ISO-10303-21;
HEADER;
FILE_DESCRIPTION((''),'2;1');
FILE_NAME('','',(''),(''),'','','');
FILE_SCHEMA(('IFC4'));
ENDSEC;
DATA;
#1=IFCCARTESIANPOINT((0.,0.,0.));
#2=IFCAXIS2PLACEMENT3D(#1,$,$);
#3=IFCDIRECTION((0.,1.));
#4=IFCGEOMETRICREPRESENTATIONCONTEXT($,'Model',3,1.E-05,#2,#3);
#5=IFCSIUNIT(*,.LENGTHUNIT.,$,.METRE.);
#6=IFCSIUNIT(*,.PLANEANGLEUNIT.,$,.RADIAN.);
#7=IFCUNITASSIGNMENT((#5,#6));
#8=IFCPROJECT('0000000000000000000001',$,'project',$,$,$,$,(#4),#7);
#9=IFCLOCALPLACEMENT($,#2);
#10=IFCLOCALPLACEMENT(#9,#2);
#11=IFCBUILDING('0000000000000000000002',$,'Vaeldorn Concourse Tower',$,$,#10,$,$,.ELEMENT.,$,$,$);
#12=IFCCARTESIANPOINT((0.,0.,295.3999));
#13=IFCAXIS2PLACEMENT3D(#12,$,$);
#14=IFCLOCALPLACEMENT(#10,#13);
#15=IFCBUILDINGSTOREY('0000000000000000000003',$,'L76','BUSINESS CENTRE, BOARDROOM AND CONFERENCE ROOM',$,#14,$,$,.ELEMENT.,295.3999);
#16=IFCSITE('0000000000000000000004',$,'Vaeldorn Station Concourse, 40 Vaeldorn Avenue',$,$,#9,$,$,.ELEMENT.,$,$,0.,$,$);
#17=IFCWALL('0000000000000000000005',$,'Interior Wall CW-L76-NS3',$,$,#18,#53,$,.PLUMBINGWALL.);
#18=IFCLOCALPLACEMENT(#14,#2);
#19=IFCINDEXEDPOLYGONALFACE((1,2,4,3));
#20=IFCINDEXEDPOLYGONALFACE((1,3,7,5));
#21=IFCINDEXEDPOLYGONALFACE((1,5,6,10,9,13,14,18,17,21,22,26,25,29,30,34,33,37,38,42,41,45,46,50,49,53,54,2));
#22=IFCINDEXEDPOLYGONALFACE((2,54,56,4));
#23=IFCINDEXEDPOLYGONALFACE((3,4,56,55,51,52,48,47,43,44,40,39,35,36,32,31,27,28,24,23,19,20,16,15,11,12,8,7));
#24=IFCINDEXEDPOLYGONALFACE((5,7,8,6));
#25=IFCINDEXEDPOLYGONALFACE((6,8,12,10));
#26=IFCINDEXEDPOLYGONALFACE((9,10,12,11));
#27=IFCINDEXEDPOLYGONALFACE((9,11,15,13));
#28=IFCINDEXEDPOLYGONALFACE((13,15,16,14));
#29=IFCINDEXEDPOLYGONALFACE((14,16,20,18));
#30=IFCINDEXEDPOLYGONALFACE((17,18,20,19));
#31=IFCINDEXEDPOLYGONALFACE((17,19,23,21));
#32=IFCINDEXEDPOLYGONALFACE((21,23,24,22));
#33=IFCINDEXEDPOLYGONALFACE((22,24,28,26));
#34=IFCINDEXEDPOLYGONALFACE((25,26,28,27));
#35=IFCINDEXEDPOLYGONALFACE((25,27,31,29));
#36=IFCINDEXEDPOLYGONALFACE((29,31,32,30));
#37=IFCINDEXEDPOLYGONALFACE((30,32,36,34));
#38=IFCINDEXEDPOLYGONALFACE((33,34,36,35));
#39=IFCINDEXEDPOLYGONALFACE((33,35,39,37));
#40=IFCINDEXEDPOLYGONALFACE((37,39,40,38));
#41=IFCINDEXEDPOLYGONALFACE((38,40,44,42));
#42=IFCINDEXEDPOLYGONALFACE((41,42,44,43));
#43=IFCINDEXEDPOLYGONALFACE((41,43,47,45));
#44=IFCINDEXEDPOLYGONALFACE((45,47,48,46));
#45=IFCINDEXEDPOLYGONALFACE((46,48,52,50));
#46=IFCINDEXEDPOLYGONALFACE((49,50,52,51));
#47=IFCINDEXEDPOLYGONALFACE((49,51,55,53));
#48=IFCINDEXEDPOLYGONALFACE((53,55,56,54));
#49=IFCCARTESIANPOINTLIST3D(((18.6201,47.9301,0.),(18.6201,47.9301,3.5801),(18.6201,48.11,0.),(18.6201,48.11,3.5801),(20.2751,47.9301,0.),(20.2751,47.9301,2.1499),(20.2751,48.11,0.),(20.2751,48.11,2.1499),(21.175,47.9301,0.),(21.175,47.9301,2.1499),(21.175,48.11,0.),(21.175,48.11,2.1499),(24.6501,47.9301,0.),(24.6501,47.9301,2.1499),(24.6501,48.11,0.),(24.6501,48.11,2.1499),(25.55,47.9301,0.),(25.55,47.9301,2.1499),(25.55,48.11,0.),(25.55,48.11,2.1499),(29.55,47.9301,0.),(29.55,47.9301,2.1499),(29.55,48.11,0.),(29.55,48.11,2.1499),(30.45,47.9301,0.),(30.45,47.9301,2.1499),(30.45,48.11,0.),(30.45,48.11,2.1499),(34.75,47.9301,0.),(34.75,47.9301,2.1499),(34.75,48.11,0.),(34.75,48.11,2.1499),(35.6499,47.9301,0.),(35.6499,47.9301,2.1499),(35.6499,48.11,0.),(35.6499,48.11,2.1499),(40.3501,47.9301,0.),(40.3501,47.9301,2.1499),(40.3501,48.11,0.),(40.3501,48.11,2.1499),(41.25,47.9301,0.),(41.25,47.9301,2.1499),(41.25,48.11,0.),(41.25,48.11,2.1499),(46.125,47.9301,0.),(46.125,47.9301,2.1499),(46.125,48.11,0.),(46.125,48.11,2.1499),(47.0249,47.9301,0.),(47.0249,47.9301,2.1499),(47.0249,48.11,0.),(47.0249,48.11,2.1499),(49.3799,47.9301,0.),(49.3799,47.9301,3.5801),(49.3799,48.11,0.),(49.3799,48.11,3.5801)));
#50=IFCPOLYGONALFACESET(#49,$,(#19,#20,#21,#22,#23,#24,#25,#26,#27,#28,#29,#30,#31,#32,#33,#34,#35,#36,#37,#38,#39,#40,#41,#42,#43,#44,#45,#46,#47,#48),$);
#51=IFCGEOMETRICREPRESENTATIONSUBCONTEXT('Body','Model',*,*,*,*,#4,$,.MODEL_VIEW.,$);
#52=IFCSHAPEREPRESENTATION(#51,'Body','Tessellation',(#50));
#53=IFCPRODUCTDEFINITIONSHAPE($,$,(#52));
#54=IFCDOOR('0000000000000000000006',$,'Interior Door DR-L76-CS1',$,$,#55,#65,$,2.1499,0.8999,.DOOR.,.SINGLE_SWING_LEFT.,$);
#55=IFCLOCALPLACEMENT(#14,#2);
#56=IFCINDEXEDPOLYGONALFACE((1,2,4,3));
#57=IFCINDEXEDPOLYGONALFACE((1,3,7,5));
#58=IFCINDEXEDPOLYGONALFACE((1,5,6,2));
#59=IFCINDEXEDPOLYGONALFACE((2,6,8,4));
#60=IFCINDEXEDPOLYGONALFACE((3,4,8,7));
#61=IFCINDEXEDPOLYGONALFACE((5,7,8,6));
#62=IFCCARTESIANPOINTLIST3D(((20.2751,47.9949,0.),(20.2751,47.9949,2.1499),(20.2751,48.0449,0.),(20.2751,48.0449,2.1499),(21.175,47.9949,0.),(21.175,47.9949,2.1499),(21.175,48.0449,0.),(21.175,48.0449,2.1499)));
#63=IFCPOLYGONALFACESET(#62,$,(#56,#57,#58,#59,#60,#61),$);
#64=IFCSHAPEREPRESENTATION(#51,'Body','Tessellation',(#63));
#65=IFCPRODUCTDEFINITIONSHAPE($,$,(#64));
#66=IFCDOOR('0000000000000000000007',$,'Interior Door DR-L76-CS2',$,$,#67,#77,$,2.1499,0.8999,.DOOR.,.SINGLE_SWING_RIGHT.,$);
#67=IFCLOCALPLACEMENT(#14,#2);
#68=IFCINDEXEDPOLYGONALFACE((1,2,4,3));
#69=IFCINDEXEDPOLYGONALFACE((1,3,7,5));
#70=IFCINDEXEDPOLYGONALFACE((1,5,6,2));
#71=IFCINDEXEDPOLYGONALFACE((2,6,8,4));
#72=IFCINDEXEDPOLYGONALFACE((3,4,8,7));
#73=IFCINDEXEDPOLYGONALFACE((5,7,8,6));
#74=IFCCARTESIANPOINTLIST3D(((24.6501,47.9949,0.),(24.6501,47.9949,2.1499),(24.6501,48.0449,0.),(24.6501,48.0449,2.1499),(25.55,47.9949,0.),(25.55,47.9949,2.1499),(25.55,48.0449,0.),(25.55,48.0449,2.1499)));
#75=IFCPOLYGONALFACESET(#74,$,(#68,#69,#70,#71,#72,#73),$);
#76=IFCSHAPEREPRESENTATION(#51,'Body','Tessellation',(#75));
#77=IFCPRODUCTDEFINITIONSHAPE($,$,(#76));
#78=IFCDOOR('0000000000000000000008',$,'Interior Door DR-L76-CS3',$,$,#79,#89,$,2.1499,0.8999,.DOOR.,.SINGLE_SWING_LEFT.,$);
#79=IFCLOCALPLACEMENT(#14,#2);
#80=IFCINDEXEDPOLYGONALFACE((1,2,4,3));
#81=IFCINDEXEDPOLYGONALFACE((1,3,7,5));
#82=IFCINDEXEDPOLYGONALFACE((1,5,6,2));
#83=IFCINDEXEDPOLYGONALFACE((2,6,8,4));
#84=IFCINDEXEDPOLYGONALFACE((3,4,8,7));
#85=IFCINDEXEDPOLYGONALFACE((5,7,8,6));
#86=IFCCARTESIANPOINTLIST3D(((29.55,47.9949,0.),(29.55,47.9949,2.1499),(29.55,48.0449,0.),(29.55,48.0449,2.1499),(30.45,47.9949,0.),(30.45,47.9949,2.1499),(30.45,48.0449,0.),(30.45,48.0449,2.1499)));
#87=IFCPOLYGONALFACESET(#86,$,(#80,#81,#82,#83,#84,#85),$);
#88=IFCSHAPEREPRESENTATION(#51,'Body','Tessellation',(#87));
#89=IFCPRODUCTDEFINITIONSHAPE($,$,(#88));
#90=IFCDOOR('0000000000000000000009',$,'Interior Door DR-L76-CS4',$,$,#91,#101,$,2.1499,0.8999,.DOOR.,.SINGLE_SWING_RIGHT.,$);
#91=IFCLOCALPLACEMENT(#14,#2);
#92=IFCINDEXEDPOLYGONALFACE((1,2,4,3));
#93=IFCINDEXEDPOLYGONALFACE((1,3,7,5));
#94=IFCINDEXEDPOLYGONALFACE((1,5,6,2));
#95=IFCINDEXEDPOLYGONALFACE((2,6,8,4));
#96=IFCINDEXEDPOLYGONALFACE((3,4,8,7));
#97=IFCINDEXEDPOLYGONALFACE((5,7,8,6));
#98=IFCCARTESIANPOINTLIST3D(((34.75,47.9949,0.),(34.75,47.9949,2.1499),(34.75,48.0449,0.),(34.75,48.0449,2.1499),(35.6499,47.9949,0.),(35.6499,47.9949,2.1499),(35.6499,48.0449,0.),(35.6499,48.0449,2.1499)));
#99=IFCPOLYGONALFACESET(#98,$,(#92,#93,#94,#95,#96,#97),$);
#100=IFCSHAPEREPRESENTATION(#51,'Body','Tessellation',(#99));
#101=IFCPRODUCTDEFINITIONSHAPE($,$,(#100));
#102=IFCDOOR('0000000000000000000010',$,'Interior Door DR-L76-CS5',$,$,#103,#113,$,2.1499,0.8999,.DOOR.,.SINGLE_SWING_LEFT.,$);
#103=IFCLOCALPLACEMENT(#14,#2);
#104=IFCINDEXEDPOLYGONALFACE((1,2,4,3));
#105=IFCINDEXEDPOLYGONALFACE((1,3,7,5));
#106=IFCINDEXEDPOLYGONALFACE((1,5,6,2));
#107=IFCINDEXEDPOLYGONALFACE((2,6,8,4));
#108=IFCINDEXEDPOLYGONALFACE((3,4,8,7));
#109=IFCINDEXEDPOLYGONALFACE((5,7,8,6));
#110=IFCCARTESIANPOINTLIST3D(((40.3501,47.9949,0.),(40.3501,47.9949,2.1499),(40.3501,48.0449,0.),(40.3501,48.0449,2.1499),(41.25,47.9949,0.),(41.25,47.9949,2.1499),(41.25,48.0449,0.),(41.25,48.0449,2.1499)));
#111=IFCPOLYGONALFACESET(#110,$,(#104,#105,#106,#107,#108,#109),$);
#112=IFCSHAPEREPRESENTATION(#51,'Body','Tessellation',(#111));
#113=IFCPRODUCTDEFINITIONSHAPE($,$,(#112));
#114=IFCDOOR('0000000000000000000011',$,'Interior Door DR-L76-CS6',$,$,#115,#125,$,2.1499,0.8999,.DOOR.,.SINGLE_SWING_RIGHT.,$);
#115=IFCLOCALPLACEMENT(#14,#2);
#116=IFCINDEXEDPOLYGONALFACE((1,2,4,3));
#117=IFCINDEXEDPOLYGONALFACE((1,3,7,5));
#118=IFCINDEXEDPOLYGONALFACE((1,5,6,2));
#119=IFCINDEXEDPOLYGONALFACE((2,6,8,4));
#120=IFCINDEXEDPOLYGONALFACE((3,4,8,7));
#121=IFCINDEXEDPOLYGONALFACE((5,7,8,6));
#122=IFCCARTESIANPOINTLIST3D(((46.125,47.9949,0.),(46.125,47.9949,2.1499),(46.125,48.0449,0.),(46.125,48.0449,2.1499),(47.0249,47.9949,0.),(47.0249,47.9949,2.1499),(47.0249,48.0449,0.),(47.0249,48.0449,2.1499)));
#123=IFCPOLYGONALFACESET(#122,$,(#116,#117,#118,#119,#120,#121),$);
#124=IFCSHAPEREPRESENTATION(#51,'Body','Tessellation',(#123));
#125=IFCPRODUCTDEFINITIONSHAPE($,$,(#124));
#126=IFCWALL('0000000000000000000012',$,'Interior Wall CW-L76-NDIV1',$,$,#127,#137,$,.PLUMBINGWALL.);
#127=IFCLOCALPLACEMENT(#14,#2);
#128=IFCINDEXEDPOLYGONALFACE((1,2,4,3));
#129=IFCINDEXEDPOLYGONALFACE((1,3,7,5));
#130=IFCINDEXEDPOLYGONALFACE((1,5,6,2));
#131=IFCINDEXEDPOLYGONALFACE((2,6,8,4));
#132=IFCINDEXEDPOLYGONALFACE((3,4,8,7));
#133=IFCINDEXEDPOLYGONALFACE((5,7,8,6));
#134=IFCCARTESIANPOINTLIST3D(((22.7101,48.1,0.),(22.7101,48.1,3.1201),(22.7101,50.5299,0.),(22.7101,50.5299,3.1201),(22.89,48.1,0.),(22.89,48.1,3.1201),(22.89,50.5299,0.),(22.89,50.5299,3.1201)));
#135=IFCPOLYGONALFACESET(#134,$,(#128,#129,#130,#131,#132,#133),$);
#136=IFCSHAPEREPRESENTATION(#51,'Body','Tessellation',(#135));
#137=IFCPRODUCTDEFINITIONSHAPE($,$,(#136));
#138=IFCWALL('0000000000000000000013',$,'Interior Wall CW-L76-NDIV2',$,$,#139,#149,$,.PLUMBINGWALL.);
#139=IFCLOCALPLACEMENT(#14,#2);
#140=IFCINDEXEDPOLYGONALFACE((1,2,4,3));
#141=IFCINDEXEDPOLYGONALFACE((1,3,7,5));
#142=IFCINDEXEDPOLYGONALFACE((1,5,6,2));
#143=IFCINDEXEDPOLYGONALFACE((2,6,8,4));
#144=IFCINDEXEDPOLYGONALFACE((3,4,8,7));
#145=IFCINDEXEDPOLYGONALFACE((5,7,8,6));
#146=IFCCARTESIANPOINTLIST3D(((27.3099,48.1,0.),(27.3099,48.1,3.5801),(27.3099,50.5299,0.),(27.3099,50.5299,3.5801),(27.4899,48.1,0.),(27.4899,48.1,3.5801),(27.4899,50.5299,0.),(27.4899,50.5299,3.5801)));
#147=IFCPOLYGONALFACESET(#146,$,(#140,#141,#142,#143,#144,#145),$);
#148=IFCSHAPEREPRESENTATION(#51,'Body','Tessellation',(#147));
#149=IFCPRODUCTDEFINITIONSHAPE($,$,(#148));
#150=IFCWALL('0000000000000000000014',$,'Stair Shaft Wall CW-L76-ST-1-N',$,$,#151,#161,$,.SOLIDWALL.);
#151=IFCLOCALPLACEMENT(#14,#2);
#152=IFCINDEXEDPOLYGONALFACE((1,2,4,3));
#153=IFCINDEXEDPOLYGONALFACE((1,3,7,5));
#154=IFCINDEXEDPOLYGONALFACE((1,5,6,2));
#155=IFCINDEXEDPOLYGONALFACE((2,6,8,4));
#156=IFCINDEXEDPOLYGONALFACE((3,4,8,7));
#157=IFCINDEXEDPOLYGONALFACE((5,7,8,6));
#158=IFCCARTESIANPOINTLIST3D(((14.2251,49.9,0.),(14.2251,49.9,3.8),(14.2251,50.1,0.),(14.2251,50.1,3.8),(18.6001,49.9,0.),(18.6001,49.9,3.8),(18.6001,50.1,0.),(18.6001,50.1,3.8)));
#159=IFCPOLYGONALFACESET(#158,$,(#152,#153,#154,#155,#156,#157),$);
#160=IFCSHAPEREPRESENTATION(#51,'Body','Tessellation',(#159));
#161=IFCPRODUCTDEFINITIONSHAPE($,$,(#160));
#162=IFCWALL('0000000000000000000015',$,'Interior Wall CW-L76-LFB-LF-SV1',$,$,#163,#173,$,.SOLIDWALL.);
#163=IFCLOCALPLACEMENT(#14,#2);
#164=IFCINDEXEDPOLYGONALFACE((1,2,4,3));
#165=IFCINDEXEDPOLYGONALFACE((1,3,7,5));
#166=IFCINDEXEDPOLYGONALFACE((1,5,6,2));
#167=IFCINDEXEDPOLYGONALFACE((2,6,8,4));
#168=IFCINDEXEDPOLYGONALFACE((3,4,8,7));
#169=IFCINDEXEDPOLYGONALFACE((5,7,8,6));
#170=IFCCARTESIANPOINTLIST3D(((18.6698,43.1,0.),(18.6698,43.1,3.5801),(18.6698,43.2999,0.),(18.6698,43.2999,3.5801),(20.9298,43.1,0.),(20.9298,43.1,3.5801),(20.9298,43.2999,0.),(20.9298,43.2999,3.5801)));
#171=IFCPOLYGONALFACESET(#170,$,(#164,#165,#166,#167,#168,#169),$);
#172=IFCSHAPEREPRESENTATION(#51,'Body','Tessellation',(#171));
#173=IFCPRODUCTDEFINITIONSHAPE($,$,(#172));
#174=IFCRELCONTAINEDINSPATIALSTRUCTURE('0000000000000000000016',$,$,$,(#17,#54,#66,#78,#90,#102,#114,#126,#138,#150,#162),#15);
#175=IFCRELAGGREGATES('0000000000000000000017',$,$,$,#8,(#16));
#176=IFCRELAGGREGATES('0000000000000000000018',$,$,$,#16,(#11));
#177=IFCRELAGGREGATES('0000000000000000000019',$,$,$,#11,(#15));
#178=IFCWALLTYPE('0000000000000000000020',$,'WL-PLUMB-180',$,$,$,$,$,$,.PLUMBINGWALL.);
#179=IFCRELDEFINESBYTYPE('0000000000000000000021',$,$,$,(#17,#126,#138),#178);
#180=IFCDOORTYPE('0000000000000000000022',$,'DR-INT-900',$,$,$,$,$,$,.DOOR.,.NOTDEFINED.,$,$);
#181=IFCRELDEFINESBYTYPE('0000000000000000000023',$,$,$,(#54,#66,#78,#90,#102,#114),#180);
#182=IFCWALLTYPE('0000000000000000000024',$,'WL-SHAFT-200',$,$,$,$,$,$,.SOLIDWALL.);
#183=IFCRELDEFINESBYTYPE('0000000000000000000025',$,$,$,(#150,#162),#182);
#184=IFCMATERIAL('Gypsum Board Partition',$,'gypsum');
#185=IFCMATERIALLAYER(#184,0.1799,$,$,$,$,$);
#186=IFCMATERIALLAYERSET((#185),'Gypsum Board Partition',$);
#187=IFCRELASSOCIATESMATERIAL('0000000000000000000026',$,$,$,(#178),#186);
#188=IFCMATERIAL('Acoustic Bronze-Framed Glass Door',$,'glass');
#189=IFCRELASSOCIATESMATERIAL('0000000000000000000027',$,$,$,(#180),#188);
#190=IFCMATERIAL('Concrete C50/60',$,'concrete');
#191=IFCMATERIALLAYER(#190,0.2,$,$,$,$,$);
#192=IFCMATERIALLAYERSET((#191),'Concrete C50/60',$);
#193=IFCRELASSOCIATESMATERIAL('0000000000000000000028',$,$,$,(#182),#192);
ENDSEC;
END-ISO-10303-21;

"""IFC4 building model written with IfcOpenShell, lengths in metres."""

from ifc_helpers import new_model, si_unit, direction, frame, frame_2d, origin, place, context, subcontext, project, spatial, rectangle, extrude, source, transform, mapped, material, layer, layer_set, type_object, element, fill, save


model = new_model("IFC4")

# Units and contexts
model_context = context("Model", 3, precision=1e-05, world=origin(), true_north=direction((0.0, 1.0)))
body_context = subcontext(model_context, "Body", "Model", "MODEL_VIEW")
ifc_project = project(units=[si_unit("LENGTHUNIT", "METRE"), si_unit("PLANEANGLEUNIT", "RADIAN")], contexts=[model_context])

# Site, building, storey
site_placement = place(None, origin())
site = spatial("IfcSite", under=ifc_project, at=site_placement, Name="Vaeldorn Station Concourse, 40 Vaeldorn Avenue", CompositionType="ELEMENT", RefElevation=0.0)
building_placement = place(site_placement, origin())
building = spatial("IfcBuilding", under=site, at=building_placement, Name="Vaeldorn Concourse Tower", CompositionType="ELEMENT")
storey_placement = place(building_placement, frame((0.0, 0.0, 295.3999)))
storey = spatial("IfcBuildingStorey", under=building, at=storey_placement, Name="L76", Description="BUSINESS CENTRE, BOARDROOM AND CONFERENCE ROOM", CompositionType="ELEMENT", Elevation=295.3999)

# Shared definitions
ifc_material_1 = material(Name="Concrete C50/60", Category="concrete")
ifc_material_2 = material(Name="Gypsum Board Partition", Category="gypsum")

# Wall, openings, doors
ifc_layer_1 = layer(ifc_material_2, 0.1799)
ifc_layer_set_1 = layer_set([ifc_layer_1], Name="Gypsum Board Partition")
wall_type_1 = type_object("IfcWallType", Name="WL-PLUMB-180", PredefinedType="PLUMBINGWALL", material=ifc_layer_set_1)
wall_1_placement = place(storey_placement, frame((18.6201, 48.02, 0.0), z_axis=(0.0, 0.0, 1.0), x_axis=(1.0, 0.0, 0.0)))
wall_1 = element("IfcWall", 1, at=wall_1_placement, inside=storey, type_object=wall_type_1, Name="Interior Wall CW-L76-NS3", PredefinedType="PLUMBINGWALL", context=body_context, shape_type="SweptSolid", body=[
    extrude(rectangle(XDim=30.7598, YDim=0.1799, at=frame_2d((15.3799, 0.0))), origin(), (0.0, 0.0, 1.0), 3.5801),
])
opening_1_placement = place(wall_1_placement, frame((1.655, 0.0, 0.0)))
opening_1 = element("IfcOpeningElement", 2, at=opening_1_placement, cuts=wall_1, PredefinedType="OPENING", context=body_context, shape_type="SweptSolid", body=[
    extrude(rectangle(XDim=0.8999, YDim=2.1499, at=frame_2d((0.45, 1.075))), frame((0.0, 0.1001, 0.0), z_axis=(0.0, -1.0, 0.0), x_axis=(1.0, 0.0, 0.0)), (0.0, 0.0, 1.0), 0.2),
])
opening_2_placement = place(wall_1_placement, frame((6.03, 0.0, 0.0)))
opening_2 = element("IfcOpeningElement", 3, at=opening_2_placement, cuts=wall_1, PredefinedType="OPENING", context=body_context, shape_type="SweptSolid", body=[
    extrude(rectangle(XDim=0.8999, YDim=2.1499, at=frame_2d((0.45, 1.075))), frame((0.0, 0.1001, 0.0), z_axis=(0.0, -1.0, 0.0), x_axis=(1.0, 0.0, 0.0)), (0.0, 0.0, 1.0), 0.2),
])
opening_3_placement = place(wall_1_placement, frame((10.9299, 0.0, 0.0)))
opening_3 = element("IfcOpeningElement", 4, at=opening_3_placement, cuts=wall_1, PredefinedType="OPENING", context=body_context, shape_type="SweptSolid", body=[
    extrude(rectangle(XDim=0.8999, YDim=2.1499, at=frame_2d((0.45, 1.075))), frame((0.0, 0.1001, 0.0), z_axis=(0.0, -1.0, 0.0), x_axis=(1.0, 0.0, 0.0)), (0.0, 0.0, 1.0), 0.2),
])
opening_4_placement = place(wall_1_placement, frame((16.1299, 0.0, 0.0)))
opening_4 = element("IfcOpeningElement", 5, at=opening_4_placement, cuts=wall_1, PredefinedType="OPENING", context=body_context, shape_type="SweptSolid", body=[
    extrude(rectangle(XDim=0.8999, YDim=2.1499, at=frame_2d((0.45, 1.075))), frame((0.0, 0.1001, 0.0), z_axis=(0.0, -1.0, 0.0), x_axis=(1.0, 0.0, 0.0)), (0.0, 0.0, 1.0), 0.2),
])
opening_5_placement = place(wall_1_placement, frame((21.73, 0.0, 0.0)))
opening_5 = element("IfcOpeningElement", 6, at=opening_5_placement, cuts=wall_1, PredefinedType="OPENING", context=body_context, shape_type="SweptSolid", body=[
    extrude(rectangle(XDim=0.8999, YDim=2.1499, at=frame_2d((0.45, 1.075))), frame((0.0, 0.1001, 0.0), z_axis=(0.0, -1.0, 0.0), x_axis=(1.0, 0.0, 0.0)), (0.0, 0.0, 1.0), 0.2),
])
opening_6_placement = place(wall_1_placement, frame((27.5049, 0.0, 0.0)))
opening_6 = element("IfcOpeningElement", 7, at=opening_6_placement, cuts=wall_1, PredefinedType="OPENING", context=body_context, shape_type="SweptSolid", body=[
    extrude(rectangle(XDim=0.8999, YDim=2.1499, at=frame_2d((0.45, 1.075))), frame((0.0, 0.1001, 0.0), z_axis=(0.0, -1.0, 0.0), x_axis=(1.0, 0.0, 0.0)), (0.0, 0.0, 1.0), 0.2),
])
ifc_material_3 = material(Name="Acoustic Bronze-Framed Glass Door", Category="glass")
door_type_1 = type_object("IfcDoorType", Name="DR-INT-900", OperationType="NOTDEFINED", PredefinedType="DOOR", material=ifc_material_3)
shared_shape_1 = source(origin(), body_context, "Body", "SweptSolid", [
    extrude(rectangle(XDim=0.8999, YDim=2.1499, at=frame_2d((0.45, 1.075))), frame((0.0, 0.0249, 0.0), z_axis=(0.0, -1.0, 0.0), x_axis=(1.0, 0.0, 0.0)), (0.0, 0.0, 1.0), 0.05),
])
door_1_placement = place(opening_1_placement, origin())
door_1 = element("IfcDoor", 8, at=door_1_placement, inside=storey, type_object=door_type_1, Name="Interior Door DR-L76-CS1", OperationType="SINGLE_SWING_LEFT", OverallHeight=2.1499, OverallWidth=0.8999, PredefinedType="DOOR", context=body_context, shape_type="MappedRepresentation", body=[
    mapped(shared_shape_1, transform((0.0, 0.0, 0.0), scale=1.0)),
])
fill(opening_1, door_1)
door_2_placement = place(opening_2_placement, origin())
door_2 = element("IfcDoor", 9, at=door_2_placement, inside=storey, type_object=door_type_1, Name="Interior Door DR-L76-CS2", OperationType="SINGLE_SWING_RIGHT", OverallHeight=2.1499, OverallWidth=0.8999, PredefinedType="DOOR", context=body_context, shape_type="MappedRepresentation", body=[
    mapped(shared_shape_1, transform((0.0, 0.0, 0.0), scale=1.0)),
])
fill(opening_2, door_2)
door_3_placement = place(opening_3_placement, origin())
door_3 = element("IfcDoor", 10, at=door_3_placement, inside=storey, type_object=door_type_1, Name="Interior Door DR-L76-CS3", OperationType="SINGLE_SWING_LEFT", OverallHeight=2.1499, OverallWidth=0.8999, PredefinedType="DOOR", context=body_context, shape_type="MappedRepresentation", body=[
    mapped(shared_shape_1, transform((0.0, 0.0, 0.0), scale=1.0)),
])
fill(opening_3, door_3)
door_4_placement = place(opening_4_placement, origin())
door_4 = element("IfcDoor", 11, at=door_4_placement, inside=storey, type_object=door_type_1, Name="Interior Door DR-L76-CS4", OperationType="SINGLE_SWING_RIGHT", OverallHeight=2.1499, OverallWidth=0.8999, PredefinedType="DOOR", context=body_context, shape_type="MappedRepresentation", body=[
    mapped(shared_shape_1, transform((0.0, 0.0, 0.0), scale=1.0)),
])
fill(opening_4, door_4)
door_5_placement = place(opening_5_placement, origin())
door_5 = element("IfcDoor", 12, at=door_5_placement, inside=storey, type_object=door_type_1, Name="Interior Door DR-L76-CS5", OperationType="SINGLE_SWING_LEFT", OverallHeight=2.1499, OverallWidth=0.8999, PredefinedType="DOOR", context=body_context, shape_type="MappedRepresentation", body=[
    mapped(shared_shape_1, transform((0.0, 0.0, 0.0), scale=1.0)),
])
fill(opening_5, door_5)
door_6_placement = place(opening_6_placement, origin())
door_6 = element("IfcDoor", 13, at=door_6_placement, inside=storey, type_object=door_type_1, Name="Interior Door DR-L76-CS6", OperationType="SINGLE_SWING_RIGHT", OverallHeight=2.1499, OverallWidth=0.8999, PredefinedType="DOOR", context=body_context, shape_type="MappedRepresentation", body=[
    mapped(shared_shape_1, transform((0.0, 0.0, 0.0), scale=1.0)),
])
fill(opening_6, door_6)

# Walls
wall_2_placement = place(storey_placement, frame((22.8, 48.1001, 0.0), z_axis=(0.0, 0.0, 1.0), x_axis=(0.0, 1.0, 0.0)))
element("IfcWall", 14, at=wall_2_placement, inside=storey, type_object=wall_type_1, Name="Interior Wall CW-L76-NDIV1", PredefinedType="PLUMBINGWALL", context=body_context, shape_type="SweptSolid", body=[
    extrude(rectangle(XDim=2.4299, YDim=0.1799, at=frame_2d((1.2148, 0.0))), origin(), (0.0, 0.0, 1.0), 3.1201),
])
wall_3_placement = place(storey_placement, frame((27.3999, 48.1001, 0.0), z_axis=(0.0, 0.0, 1.0), x_axis=(0.0, 1.0, 0.0)))
element("IfcWall", 15, at=wall_3_placement, inside=storey, type_object=wall_type_1, Name="Interior Wall CW-L76-NDIV2", PredefinedType="PLUMBINGWALL", context=body_context, shape_type="SweptSolid", body=[
    extrude(rectangle(XDim=2.4299, YDim=0.1799, at=frame_2d((1.2148, 0.0))), origin(), (0.0, 0.0, 1.0), 3.5801),
])
ifc_layer_2 = layer(ifc_material_1, 0.2)
ifc_layer_set_2 = layer_set([ifc_layer_2], Name="Concrete C50/60")
wall_type_2 = type_object("IfcWallType", Name="WL-SHAFT-200", PredefinedType="SOLIDWALL", material=ifc_layer_set_2)
wall_4_placement = place(storey_placement, frame((14.2251, 50.0, 0.0), z_axis=(0.0, 0.0, 1.0), x_axis=(1.0, 0.0, 0.0)))
element("IfcWall", 16, at=wall_4_placement, inside=storey, type_object=wall_type_2, Name="Stair Shaft Wall CW-L76-ST-1-N", PredefinedType="SOLIDWALL", context=body_context, shape_type="SweptSolid", body=[
    extrude(rectangle(XDim=4.375, YDim=0.2, at=frame_2d((2.1875, 0.0))), origin(), (0.0, 0.0, 1.0), 3.8),
])

# Wall
wall_5_placement = place(storey_placement, frame((18.6699, 43.2, 0.0), z_axis=(0.0, 0.0, 1.0), x_axis=(1.0, 0.0, 0.0)))
element("IfcWall", 17, at=wall_5_placement, inside=storey, type_object=wall_type_2, Name="Interior Wall CW-L76-LFB-LF-SV1", PredefinedType="SOLIDWALL", context=body_context, shape_type="SweptSolid", body=[
    extrude(rectangle(XDim=2.26, YDim=0.2, at=frame_2d((1.1299, 0.0))), origin(), (0.0, 0.0, 1.0), 3.5801),
])

save(model, "model.ifc")
